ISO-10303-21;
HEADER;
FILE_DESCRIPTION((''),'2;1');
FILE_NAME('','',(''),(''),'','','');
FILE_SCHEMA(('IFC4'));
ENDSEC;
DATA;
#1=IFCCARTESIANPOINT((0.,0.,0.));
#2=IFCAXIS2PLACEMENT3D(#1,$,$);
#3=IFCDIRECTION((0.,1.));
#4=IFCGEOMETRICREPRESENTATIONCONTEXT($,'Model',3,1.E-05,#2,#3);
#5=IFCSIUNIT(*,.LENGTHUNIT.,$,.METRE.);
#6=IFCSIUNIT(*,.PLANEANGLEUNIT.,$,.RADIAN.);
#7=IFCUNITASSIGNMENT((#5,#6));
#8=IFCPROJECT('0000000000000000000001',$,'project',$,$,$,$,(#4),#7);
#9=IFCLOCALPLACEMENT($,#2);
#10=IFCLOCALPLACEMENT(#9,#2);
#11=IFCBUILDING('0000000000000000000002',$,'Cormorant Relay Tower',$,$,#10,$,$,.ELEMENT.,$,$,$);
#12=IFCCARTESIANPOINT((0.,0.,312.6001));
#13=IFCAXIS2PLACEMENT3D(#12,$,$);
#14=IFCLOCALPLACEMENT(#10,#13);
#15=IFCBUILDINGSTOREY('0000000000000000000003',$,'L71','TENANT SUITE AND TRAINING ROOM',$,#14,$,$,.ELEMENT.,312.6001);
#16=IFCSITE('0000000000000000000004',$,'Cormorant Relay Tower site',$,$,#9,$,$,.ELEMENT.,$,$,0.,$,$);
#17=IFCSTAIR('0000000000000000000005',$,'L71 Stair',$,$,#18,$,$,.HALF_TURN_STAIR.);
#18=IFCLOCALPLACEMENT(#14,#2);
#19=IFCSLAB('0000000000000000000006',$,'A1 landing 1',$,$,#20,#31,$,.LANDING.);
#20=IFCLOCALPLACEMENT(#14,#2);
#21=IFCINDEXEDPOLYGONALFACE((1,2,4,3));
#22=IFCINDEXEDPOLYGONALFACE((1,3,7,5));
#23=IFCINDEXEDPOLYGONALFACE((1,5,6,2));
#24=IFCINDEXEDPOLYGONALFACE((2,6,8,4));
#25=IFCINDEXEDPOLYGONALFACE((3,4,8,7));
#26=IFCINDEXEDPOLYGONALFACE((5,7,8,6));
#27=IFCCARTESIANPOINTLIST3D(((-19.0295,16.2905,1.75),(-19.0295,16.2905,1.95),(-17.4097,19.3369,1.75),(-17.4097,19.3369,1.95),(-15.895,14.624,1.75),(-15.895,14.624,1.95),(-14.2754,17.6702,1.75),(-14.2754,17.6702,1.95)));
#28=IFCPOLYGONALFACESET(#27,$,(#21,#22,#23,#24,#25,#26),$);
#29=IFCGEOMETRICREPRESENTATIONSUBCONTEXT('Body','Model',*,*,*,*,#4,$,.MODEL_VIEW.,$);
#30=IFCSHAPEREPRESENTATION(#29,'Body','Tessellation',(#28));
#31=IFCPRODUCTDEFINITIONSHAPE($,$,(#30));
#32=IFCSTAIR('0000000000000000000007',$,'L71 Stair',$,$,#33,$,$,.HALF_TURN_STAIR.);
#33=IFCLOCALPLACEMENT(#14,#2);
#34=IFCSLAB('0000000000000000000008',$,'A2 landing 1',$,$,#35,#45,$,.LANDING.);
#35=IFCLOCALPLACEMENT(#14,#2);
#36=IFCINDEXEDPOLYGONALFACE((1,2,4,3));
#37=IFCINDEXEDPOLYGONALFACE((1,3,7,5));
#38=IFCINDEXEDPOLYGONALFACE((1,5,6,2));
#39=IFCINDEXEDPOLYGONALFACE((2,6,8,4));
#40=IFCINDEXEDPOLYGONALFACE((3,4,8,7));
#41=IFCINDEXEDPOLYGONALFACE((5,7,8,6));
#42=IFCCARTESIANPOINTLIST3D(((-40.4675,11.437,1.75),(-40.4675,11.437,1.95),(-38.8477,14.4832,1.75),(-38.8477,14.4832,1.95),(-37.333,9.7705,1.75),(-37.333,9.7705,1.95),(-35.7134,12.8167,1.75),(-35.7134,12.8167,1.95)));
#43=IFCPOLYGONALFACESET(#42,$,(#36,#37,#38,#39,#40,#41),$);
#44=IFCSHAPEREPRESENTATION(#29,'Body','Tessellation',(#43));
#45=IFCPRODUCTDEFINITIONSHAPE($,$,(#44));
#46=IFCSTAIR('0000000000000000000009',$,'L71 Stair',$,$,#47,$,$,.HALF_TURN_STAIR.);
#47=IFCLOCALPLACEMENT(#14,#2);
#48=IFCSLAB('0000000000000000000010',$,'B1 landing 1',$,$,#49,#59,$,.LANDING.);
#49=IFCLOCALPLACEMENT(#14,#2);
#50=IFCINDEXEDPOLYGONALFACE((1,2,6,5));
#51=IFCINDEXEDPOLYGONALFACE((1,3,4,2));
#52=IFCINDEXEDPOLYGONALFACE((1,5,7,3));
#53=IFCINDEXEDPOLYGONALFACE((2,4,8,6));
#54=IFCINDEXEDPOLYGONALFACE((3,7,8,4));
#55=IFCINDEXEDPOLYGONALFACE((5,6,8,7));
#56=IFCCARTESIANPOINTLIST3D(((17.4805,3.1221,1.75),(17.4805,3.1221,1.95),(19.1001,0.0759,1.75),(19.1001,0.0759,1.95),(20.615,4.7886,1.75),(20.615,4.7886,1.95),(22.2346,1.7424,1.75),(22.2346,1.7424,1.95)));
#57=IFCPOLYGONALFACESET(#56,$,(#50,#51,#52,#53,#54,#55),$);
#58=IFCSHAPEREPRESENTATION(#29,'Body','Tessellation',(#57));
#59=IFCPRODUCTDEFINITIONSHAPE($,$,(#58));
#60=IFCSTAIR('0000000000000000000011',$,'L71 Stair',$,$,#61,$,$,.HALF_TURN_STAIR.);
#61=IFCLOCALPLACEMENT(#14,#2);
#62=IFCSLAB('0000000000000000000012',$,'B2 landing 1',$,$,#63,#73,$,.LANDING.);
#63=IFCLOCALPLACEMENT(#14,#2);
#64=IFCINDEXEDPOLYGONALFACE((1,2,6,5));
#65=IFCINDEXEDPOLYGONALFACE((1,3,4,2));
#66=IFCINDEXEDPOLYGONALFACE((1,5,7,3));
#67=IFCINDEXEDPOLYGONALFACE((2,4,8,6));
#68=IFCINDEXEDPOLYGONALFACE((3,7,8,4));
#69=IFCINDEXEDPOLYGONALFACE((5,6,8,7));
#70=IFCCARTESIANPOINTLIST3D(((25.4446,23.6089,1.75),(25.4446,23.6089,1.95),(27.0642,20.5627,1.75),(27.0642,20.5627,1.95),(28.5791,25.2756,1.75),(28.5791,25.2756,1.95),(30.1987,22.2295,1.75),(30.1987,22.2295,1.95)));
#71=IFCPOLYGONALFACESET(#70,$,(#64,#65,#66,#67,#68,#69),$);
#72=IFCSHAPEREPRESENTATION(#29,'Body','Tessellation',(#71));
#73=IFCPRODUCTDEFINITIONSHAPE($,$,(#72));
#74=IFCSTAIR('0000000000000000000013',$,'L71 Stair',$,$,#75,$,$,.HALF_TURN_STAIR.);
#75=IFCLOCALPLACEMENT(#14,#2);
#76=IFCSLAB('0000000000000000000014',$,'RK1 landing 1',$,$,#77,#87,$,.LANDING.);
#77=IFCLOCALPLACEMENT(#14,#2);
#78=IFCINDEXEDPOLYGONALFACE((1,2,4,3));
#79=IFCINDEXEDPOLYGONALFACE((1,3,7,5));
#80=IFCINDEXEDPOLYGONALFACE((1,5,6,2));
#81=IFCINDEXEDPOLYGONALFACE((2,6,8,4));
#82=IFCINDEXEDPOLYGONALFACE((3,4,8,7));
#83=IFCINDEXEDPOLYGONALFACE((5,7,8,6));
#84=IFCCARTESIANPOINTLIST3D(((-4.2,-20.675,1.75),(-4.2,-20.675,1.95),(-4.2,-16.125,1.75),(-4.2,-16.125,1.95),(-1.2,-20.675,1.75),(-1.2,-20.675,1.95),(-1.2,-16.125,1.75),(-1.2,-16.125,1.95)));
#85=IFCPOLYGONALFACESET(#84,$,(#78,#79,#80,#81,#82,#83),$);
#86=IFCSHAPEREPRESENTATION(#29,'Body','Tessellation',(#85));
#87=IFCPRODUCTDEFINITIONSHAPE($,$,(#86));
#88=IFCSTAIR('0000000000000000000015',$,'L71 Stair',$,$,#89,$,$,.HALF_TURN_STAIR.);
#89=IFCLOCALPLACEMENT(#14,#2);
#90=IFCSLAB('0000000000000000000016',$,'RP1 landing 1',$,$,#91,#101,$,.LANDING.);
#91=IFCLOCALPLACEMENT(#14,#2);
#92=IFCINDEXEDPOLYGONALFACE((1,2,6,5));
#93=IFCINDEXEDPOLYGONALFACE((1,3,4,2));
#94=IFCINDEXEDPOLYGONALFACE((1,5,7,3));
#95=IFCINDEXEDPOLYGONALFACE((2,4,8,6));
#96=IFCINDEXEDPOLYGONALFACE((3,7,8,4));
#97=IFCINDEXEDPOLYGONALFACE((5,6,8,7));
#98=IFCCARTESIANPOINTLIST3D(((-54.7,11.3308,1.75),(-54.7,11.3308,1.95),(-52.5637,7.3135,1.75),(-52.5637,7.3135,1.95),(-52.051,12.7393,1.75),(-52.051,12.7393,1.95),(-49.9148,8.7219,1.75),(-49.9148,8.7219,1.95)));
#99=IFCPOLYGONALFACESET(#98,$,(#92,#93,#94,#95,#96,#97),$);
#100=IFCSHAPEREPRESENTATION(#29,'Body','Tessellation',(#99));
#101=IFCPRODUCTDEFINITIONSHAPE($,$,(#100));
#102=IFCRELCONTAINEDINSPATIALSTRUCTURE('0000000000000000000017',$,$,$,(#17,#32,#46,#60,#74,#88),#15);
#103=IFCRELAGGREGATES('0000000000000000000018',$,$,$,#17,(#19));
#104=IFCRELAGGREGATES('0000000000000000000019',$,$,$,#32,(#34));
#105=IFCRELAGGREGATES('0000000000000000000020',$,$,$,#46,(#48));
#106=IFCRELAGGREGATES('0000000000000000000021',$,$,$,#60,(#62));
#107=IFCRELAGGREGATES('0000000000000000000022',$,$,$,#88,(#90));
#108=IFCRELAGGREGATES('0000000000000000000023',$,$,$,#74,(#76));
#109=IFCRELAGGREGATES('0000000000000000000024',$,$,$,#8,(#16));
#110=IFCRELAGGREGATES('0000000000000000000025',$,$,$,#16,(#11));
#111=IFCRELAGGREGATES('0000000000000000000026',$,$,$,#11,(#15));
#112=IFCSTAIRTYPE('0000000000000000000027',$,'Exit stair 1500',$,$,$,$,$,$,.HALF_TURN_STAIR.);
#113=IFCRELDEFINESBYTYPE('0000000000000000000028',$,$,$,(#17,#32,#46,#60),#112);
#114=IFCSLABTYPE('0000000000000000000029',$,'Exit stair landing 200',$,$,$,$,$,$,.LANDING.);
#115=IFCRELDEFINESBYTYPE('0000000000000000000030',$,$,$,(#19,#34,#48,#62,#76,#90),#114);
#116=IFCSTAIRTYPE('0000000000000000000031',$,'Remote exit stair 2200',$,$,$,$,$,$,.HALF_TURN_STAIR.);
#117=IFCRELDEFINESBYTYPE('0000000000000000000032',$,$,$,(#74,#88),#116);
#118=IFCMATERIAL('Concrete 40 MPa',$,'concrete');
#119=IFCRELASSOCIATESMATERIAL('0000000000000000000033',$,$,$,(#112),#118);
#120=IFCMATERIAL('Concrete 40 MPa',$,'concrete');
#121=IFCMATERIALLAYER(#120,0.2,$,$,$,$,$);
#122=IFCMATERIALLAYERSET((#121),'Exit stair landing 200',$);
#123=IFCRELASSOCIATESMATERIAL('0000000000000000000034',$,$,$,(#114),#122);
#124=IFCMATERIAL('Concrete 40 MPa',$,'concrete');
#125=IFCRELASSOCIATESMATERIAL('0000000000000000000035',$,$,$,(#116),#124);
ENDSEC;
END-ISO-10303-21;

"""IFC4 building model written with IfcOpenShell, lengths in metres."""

from ifc_helpers import new_model, si_unit, direction, frame, origin, place, context, subcontext, project, spatial, polyline, outline, extrude, material, layer, layer_set, type_object, element, aggregate, save


model = new_model("IFC4")

# Units and contexts
model_context = context("Model", 3, precision=1e-05, world=origin(), true_north=direction((0.0, 1.0)))
body_context = subcontext(model_context, "Body", "Model", "MODEL_VIEW")
ifc_project = project(units=[si_unit("LENGTHUNIT", "METRE"), si_unit("PLANEANGLEUNIT", "RADIAN")], contexts=[model_context])

# Site, building, storey
site_placement = place(None, origin())
site = spatial("IfcSite", under=ifc_project, at=site_placement, Name="Cormorant Relay Tower site", CompositionType="ELEMENT", RefElevation=0.0)
building_placement = place(site_placement, origin())
building = spatial("IfcBuilding", under=site, at=building_placement, Name="Cormorant Relay Tower", CompositionType="ELEMENT")
storey_placement = place(building_placement, frame((0.0, 0.0, 312.6001)))
storey = spatial("IfcBuildingStorey", under=building, at=storey_placement, Name="L71", Description="TENANT SUITE AND TRAINING ROOM", CompositionType="ELEMENT", Elevation=312.6001)

# Stairs, slabs
ifc_material_1 = material(Name="Concrete 40 MPa", Category="concrete")
stair_type_1 = type_object("IfcStairType", Name="Exit stair 1500", PredefinedType="HALF_TURN_STAIR", material=ifc_material_1)
stair_1_placement = place(storey_placement, origin())
stair_1 = element("IfcStair", 1, at=stair_1_placement, inside=storey, type_object=stair_type_1, Name="L71 Stair", PredefinedType="HALF_TURN_STAIR")
ifc_material_2 = material(Name="Concrete 40 MPa", Category="concrete")
ifc_layer_1 = layer(ifc_material_2, 0.2)
ifc_layer_set_1 = layer_set([ifc_layer_1], Name="Exit stair landing 200")
slab_type_1 = type_object("IfcSlabType", Name="Exit stair landing 200", PredefinedType="LANDING", material=ifc_layer_set_1)
slab_1_placement = place(storey_placement, frame((0.0, 0.0, 1.75)))
slab_1 = element("IfcSlab", 2, at=slab_1_placement, type_object=slab_type_1, Name="A1 landing 1", PredefinedType="LANDING", context=body_context, shape_type="SweptSolid", body=[
    extrude(outline(polyline([(-19.0295, 16.2905), (-15.895, 14.624), (-14.2754, 17.6702), (-17.4097, 19.3369), (-19.0295, 16.2905)])), origin(), (0.0, 0.0, 1.0), 0.2),
])
aggregate(stair_1, [slab_1])
stair_2_placement = place(storey_placement, origin())
stair_2 = element("IfcStair", 3, at=stair_2_placement, inside=storey, type_object=stair_type_1, Name="L71 Stair", PredefinedType="HALF_TURN_STAIR")
slab_2_placement = place(storey_placement, frame((0.0, 0.0, 1.75)))
slab_2 = element("IfcSlab", 4, at=slab_2_placement, type_object=slab_type_1, Name="A2 landing 1", PredefinedType="LANDING", context=body_context, shape_type="SweptSolid", body=[
    extrude(outline(polyline([(-35.7134, 12.8167), (-38.8477, 14.4832), (-40.4675, 11.437), (-37.333, 9.7705), (-35.7134, 12.8167)])), origin(), (0.0, 0.0, 1.0), 0.2),
])
aggregate(stair_2, [slab_2])
stair_3_placement = place(storey_placement, origin())
stair_3 = element("IfcStair", 5, at=stair_3_placement, inside=storey, type_object=stair_type_1, Name="L71 Stair", PredefinedType="HALF_TURN_STAIR")
slab_3_placement = place(storey_placement, frame((0.0, 0.0, 1.75)))
slab_3 = element("IfcSlab", 6, at=slab_3_placement, type_object=slab_type_1, Name="B1 landing 1", PredefinedType="LANDING", context=body_context, shape_type="SweptSolid", body=[
    extrude(outline(polyline([(20.615, 4.7886), (17.4805, 3.1221), (19.1001, 0.0759), (22.2346, 1.7424), (20.615, 4.7886)])), origin(), (0.0, 0.0, 1.0), 0.2),
])
aggregate(stair_3, [slab_3])
stair_4_placement = place(storey_placement, origin())
stair_4 = element("IfcStair", 7, at=stair_4_placement, inside=storey, type_object=stair_type_1, Name="L71 Stair", PredefinedType="HALF_TURN_STAIR")
slab_4_placement = place(storey_placement, frame((0.0, 0.0, 1.75)))
slab_4 = element("IfcSlab", 8, at=slab_4_placement, type_object=slab_type_1, Name="B2 landing 1", PredefinedType="LANDING", context=body_context, shape_type="SweptSolid", body=[
    extrude(outline(polyline([(27.0642, 20.5627), (30.1987, 22.2295), (28.5791, 25.2756), (25.4446, 23.6089), (27.0642, 20.5627)])), origin(), (0.0, 0.0, 1.0), 0.2),
])
aggregate(stair_4, [slab_4])
ifc_material_3 = material(Name="Concrete 40 MPa", Category="concrete")
stair_type_2 = type_object("IfcStairType", Name="Remote exit stair 2200", PredefinedType="HALF_TURN_STAIR", material=ifc_material_3)
stair_5_placement = place(storey_placement, origin())
stair_5 = element("IfcStair", 9, at=stair_5_placement, inside=storey, type_object=stair_type_2, Name="L71 Stair", PredefinedType="HALF_TURN_STAIR")
slab_5_placement = place(storey_placement, frame((0.0, 0.0, 1.75)))
slab_5 = element("IfcSlab", 10, at=slab_5_placement, type_object=slab_type_1, Name="RK1 landing 1", PredefinedType="LANDING", context=body_context, shape_type="SweptSolid", body=[
    extrude(outline(polyline([(-1.2, -16.125), (-4.2, -16.125), (-4.2, -20.675), (-1.2, -20.675), (-1.2, -16.125)])), origin(), (0.0, 0.0, 1.0), 0.2),
])
stair_6_placement = place(storey_placement, origin())
stair_6 = element("IfcStair", 11, at=stair_6_placement, inside=storey, type_object=stair_type_2, Name="L71 Stair", PredefinedType="HALF_TURN_STAIR")
slab_6_placement = place(storey_placement, frame((0.0, 0.0, 1.75)))
slab_6 = element("IfcSlab", 12, at=slab_6_placement, type_object=slab_type_1, Name="RP1 landing 1", PredefinedType="LANDING", context=body_context, shape_type="SweptSolid", body=[
    extrude(outline(polyline([(-52.051, 12.7393), (-54.7, 11.3308), (-52.5637, 7.3135), (-49.9148, 8.7219), (-52.051, 12.7393)])), origin(), (0.0, 0.0, 1.0), 0.2),
])
aggregate(stair_6, [slab_6])

aggregate(stair_5, [slab_5])

save(model, "model.ifc")
